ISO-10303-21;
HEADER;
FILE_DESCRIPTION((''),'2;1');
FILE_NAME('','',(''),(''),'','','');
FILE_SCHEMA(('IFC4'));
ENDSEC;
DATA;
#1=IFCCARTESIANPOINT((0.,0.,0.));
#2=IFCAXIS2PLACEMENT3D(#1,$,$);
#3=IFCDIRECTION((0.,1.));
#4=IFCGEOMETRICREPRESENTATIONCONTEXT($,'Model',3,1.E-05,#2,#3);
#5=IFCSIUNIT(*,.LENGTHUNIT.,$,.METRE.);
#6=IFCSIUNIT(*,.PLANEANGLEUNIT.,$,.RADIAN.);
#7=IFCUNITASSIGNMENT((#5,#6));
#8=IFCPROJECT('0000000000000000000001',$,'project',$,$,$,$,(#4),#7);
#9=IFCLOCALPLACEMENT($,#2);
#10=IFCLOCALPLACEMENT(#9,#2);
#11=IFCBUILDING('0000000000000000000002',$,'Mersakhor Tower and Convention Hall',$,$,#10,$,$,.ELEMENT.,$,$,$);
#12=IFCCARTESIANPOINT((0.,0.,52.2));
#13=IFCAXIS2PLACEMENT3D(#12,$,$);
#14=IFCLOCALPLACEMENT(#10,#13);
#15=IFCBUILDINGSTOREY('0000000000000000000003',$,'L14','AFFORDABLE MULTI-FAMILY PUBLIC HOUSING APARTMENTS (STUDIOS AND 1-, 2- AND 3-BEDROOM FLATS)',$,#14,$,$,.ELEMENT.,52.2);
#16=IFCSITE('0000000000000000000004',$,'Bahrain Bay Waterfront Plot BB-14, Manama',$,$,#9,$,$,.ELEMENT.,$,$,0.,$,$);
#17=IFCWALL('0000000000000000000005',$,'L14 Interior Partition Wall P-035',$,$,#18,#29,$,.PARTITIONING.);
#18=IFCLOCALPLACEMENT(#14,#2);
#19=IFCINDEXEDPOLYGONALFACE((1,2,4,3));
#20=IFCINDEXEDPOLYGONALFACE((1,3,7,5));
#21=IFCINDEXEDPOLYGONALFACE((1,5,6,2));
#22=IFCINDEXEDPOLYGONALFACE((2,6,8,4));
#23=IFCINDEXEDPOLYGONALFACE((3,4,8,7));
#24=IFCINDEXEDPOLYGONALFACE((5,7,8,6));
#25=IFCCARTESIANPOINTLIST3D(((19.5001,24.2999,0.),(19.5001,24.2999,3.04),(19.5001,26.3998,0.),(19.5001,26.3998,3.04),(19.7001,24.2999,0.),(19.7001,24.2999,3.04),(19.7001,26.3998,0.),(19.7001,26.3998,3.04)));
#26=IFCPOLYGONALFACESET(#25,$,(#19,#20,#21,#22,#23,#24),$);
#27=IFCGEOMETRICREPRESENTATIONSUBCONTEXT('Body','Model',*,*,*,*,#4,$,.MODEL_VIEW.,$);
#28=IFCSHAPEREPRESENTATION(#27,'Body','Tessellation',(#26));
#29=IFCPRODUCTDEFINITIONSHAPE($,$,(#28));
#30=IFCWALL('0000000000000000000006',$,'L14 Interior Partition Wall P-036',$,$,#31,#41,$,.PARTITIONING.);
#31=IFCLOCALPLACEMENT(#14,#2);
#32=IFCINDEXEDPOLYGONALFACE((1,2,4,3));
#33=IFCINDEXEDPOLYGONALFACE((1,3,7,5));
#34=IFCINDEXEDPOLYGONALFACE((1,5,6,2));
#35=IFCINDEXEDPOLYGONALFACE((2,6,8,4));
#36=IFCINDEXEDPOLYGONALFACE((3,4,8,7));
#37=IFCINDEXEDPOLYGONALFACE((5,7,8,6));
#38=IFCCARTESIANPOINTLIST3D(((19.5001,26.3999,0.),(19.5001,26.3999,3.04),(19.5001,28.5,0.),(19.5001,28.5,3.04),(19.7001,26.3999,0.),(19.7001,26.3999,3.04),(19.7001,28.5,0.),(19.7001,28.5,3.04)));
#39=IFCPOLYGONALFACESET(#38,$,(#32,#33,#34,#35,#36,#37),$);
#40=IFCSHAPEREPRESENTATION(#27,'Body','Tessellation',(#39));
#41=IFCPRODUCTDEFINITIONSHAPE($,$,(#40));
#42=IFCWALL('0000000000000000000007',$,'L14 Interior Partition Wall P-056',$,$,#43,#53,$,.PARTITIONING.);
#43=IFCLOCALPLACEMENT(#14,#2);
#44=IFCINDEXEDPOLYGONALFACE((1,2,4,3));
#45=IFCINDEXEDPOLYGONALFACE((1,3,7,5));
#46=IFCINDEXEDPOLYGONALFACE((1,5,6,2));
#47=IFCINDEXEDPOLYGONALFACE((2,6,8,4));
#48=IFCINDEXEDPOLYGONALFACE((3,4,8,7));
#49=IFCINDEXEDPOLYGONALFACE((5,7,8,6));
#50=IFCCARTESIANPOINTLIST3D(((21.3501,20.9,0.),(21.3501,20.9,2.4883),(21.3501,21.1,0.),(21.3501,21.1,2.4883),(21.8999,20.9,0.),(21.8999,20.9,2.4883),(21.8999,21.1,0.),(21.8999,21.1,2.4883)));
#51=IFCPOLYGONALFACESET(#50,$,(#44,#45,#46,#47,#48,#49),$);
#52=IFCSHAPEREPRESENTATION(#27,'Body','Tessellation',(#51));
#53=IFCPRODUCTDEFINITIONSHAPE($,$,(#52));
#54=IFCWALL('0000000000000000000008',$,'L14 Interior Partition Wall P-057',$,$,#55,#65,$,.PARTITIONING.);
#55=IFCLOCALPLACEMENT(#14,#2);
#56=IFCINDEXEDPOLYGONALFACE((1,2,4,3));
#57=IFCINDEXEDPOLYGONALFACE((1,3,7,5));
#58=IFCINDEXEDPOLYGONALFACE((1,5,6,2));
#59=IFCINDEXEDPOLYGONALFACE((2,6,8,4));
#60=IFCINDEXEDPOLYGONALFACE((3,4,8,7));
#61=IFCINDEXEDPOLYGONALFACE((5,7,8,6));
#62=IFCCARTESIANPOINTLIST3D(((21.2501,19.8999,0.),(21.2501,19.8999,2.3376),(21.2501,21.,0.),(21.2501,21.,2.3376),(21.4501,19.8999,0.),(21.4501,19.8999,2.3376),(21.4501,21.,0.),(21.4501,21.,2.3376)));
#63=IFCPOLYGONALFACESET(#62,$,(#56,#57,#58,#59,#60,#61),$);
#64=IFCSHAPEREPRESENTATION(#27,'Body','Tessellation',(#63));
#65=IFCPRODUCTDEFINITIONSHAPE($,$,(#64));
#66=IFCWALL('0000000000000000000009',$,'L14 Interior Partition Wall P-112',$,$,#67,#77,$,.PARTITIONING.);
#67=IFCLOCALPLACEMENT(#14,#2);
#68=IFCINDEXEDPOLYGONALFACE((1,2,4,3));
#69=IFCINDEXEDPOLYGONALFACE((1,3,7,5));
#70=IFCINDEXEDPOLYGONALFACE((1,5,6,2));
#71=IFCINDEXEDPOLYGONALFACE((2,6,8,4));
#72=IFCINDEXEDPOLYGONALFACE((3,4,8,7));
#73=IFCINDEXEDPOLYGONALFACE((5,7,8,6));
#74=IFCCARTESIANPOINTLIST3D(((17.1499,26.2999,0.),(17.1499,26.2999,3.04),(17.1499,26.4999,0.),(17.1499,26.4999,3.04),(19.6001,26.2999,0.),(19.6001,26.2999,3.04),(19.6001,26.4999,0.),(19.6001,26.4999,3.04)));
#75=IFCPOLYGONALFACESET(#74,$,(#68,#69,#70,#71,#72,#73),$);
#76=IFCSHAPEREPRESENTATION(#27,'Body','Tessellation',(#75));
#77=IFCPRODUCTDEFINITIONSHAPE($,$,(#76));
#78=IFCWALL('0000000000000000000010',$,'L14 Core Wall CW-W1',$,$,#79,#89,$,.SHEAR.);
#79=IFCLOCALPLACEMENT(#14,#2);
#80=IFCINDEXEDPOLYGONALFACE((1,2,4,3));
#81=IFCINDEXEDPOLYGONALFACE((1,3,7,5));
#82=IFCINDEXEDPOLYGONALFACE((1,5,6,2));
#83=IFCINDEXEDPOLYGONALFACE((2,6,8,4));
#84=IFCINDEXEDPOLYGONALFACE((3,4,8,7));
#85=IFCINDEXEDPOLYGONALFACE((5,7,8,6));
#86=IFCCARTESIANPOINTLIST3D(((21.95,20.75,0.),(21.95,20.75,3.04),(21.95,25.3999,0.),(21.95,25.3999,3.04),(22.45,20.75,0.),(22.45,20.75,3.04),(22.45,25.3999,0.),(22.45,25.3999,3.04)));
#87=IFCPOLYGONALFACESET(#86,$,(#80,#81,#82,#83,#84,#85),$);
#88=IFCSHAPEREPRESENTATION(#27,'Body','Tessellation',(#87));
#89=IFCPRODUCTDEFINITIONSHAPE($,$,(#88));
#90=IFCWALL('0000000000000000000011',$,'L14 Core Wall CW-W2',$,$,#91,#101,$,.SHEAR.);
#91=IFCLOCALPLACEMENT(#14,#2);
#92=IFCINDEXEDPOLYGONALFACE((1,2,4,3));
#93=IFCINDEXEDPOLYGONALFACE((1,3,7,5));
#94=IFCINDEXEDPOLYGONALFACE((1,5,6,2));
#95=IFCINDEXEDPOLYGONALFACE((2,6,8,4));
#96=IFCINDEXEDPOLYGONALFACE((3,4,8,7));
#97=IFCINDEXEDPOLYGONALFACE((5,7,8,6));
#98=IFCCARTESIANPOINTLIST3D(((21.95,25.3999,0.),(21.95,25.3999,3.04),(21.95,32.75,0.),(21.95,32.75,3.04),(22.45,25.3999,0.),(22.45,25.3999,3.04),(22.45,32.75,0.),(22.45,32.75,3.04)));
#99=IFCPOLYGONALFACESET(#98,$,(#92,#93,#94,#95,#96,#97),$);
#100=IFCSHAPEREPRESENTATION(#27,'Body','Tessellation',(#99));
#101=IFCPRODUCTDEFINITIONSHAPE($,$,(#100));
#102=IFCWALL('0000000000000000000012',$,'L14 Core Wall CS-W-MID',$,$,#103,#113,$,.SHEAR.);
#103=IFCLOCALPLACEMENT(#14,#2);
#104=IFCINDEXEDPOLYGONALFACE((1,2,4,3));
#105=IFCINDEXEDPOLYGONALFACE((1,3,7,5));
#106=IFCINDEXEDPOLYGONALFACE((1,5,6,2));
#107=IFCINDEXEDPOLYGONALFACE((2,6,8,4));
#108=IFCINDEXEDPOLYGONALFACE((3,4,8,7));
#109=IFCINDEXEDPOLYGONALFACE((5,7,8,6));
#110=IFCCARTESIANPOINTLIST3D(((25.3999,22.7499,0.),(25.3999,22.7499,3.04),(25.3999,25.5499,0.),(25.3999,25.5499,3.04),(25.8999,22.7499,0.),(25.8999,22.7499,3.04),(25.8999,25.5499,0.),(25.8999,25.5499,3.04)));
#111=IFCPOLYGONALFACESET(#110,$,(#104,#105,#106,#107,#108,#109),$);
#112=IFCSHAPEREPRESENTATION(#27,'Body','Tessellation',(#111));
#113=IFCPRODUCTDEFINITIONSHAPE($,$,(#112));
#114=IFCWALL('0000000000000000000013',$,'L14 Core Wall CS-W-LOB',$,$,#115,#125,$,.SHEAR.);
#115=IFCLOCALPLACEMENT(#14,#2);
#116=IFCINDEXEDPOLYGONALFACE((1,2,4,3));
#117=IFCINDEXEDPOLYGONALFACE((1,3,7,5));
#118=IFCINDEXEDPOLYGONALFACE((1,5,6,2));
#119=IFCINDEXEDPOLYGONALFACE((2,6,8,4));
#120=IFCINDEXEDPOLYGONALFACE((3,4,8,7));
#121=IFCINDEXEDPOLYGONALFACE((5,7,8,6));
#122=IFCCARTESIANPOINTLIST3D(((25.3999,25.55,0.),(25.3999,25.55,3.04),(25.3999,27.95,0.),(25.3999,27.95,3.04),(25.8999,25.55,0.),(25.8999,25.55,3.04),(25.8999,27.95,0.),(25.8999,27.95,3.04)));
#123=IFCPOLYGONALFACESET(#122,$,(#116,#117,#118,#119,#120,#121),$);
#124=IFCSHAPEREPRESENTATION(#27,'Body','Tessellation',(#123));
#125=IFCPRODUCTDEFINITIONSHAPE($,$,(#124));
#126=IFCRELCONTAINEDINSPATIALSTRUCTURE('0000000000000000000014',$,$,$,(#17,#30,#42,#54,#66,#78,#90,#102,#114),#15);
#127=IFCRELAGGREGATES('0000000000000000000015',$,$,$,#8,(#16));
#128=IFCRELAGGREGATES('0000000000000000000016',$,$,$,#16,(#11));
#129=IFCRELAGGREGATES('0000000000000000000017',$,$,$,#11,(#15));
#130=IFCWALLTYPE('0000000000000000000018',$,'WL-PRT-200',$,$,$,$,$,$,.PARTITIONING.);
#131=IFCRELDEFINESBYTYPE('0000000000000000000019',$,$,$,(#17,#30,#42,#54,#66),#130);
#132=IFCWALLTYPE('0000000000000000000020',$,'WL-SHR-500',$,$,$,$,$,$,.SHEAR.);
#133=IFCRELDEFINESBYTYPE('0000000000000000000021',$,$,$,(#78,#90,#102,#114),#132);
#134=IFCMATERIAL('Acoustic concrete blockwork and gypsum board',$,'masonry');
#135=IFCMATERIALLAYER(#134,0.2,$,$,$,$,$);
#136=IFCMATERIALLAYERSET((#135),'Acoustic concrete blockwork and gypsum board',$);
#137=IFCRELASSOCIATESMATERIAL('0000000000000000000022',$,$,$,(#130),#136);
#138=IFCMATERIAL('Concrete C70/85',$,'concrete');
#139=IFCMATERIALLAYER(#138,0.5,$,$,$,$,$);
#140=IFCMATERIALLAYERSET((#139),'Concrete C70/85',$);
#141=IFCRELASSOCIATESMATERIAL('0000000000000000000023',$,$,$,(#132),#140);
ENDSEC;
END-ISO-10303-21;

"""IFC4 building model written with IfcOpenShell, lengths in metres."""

from ifc_helpers import new_model, si_unit, direction, frame, frame_2d, origin, place, context, subcontext, project, spatial, rectangle, extrude, material, layer, layer_set, type_object, element, save


model = new_model("IFC4")

# Units and contexts
model_context = context("Model", 3, precision=1e-05, world=origin(), true_north=direction((0.0, 1.0)))
body_context = subcontext(model_context, "Body", "Model", "MODEL_VIEW")
ifc_project = project(units=[si_unit("LENGTHUNIT", "METRE"), si_unit("PLANEANGLEUNIT", "RADIAN")], contexts=[model_context])

# Site, building, storey
site_placement = place(None, origin())
site = spatial("IfcSite", under=ifc_project, at=site_placement, Name="Bahrain Bay Waterfront Plot BB-14, Manama", CompositionType="ELEMENT", RefElevation=0.0)
building_placement = place(site_placement, origin())
building = spatial("IfcBuilding", under=site, at=building_placement, Name="Mersakhor Tower and Convention Hall", CompositionType="ELEMENT")
storey_placement = place(building_placement, frame((0.0, 0.0, 52.2)))
storey = spatial("IfcBuildingStorey", under=building, at=storey_placement, Name="L14", Description="AFFORDABLE MULTI-FAMILY PUBLIC HOUSING APARTMENTS (STUDIOS AND 1-, 2- AND 3-BEDROOM FLATS)", CompositionType="ELEMENT", Elevation=52.2)

# Shared definitions
ifc_material_1 = material(Name="Acoustic concrete blockwork and gypsum board", Category="masonry")
ifc_layer_1 = layer(ifc_material_1, 0.2)
ifc_layer_set_1 = layer_set([ifc_layer_1], Name="Acoustic concrete blockwork and gypsum board")
wall_type_1 = type_object("IfcWallType", Name="WL-PRT-200", PredefinedType="PARTITIONING", material=ifc_layer_set_1)

# Walls
wall_1_placement = place(storey_placement, frame((19.6001, 24.3, 0.0), z_axis=(0.0, 0.0, 1.0), x_axis=(0.0, 1.0, 0.0)))
element("IfcWall", 1, at=wall_1_placement, inside=storey, type_object=wall_type_1, Name="L14 Interior Partition Wall P-035", PredefinedType="PARTITIONING", context=body_context, shape_type="SweptSolid", body=[
    extrude(rectangle(XDim=2.0999, YDim=0.2, at=frame_2d((1.0498, 0.0))), origin(), (0.0, 0.0, 1.0), 3.04),
])
wall_2_placement = place(storey_placement, frame((19.6001, 26.3999, 0.0), z_axis=(0.0, 0.0, 1.0), x_axis=(0.0, 1.0, 0.0)))
element("IfcWall", 2, at=wall_2_placement, inside=storey, type_object=wall_type_1, Name="L14 Interior Partition Wall P-036", PredefinedType="PARTITIONING", context=body_context, shape_type="SweptSolid", body=[
    extrude(rectangle(XDim=2.1001, YDim=0.2, at=frame_2d((1.05, 0.0))), origin(), (0.0, 0.0, 1.0), 3.04),
])
wall_3_placement = place(storey_placement, frame((21.8999, 21.0, 0.0), z_axis=(0.0, 0.0, 1.0), x_axis=(-1.0, 0.0, 0.0)))
element("IfcWall", 3, at=wall_3_placement, inside=storey, type_object=wall_type_1, Name="L14 Interior Partition Wall P-056", PredefinedType="PARTITIONING", context=body_context, shape_type="SweptSolid", body=[
    extrude(rectangle(XDim=0.5498, YDim=0.2, at=frame_2d((0.2749, 0.0))), origin(), (0.0, 0.0, 1.0), 2.4883),
])
wall_4_placement = place(storey_placement, frame((21.3501, 21.0, 0.0), z_axis=(0.0, 0.0, 1.0), x_axis=(0.0, -1.0, 0.0)))
element("IfcWall", 4, at=wall_4_placement, inside=storey, type_object=wall_type_1, Name="L14 Interior Partition Wall P-057", PredefinedType="PARTITIONING", context=body_context, shape_type="SweptSolid", body=[
    extrude(rectangle(XDim=1.1001, YDim=0.2, at=frame_2d((0.55, 0.0))), origin(), (0.0, 0.0, 1.0), 2.3376),
])
wall_5_placement = place(storey_placement, frame((19.6001, 26.3999, 0.0), z_axis=(0.0, 0.0, 1.0), x_axis=(-1.0, 0.0, 0.0)))
element("IfcWall", 5, at=wall_5_placement, inside=storey, type_object=wall_type_1, Name="L14 Interior Partition Wall P-112", PredefinedType="PARTITIONING", context=body_context, shape_type="SweptSolid", body=[
    extrude(rectangle(XDim=2.4502, YDim=0.2, at=frame_2d((1.2251, 0.0))), origin(), (0.0, 0.0, 1.0), 3.04),
])

# Walls
ifc_material_2 = material(Name="Concrete C70/85", Category="concrete")
ifc_layer_2 = layer(ifc_material_2, 0.5)
ifc_layer_set_2 = layer_set([ifc_layer_2], Name="Concrete C70/85")
wall_type_2 = type_object("IfcWallType", Name="WL-SHR-500", PredefinedType="SHEAR", material=ifc_layer_set_2)
wall_6_placement = place(storey_placement, frame((22.2, 20.75, 0.0), z_axis=(0.0, 0.0, 1.0), x_axis=(0.0, 1.0, 0.0)))
element("IfcWall", 6, at=wall_6_placement, inside=storey, type_object=wall_type_2, Name="L14 Core Wall CW-W1", PredefinedType="SHEAR", context=body_context, shape_type="SweptSolid", body=[
    extrude(rectangle(XDim=4.6499, YDim=0.5, at=frame_2d((2.325, 0.0))), origin(), (0.0, 0.0, 1.0), 3.04),
])
wall_7_placement = place(storey_placement, frame((22.2, 25.3999, 0.0), z_axis=(0.0, 0.0, 1.0), x_axis=(0.0, 1.0, 0.0)))
element("IfcWall", 7, at=wall_7_placement, inside=storey, type_object=wall_type_2, Name="L14 Core Wall CW-W2", PredefinedType="SHEAR", context=body_context, shape_type="SweptSolid", body=[
    extrude(rectangle(XDim=7.3501, YDim=0.5, at=frame_2d((3.675, 0.0))), origin(), (0.0, 0.0, 1.0), 3.04),
])

# Walls
wall_8_placement = place(storey_placement, frame((25.6499, 22.75, 0.0), z_axis=(0.0, 0.0, 1.0), x_axis=(0.0, 1.0, 0.0)))
element("IfcWall", 8, at=wall_8_placement, inside=storey, type_object=wall_type_2, Name="L14 Core Wall CS-W-MID", PredefinedType="SHEAR", context=body_context, shape_type="SweptSolid", body=[
    extrude(rectangle(XDim=2.8, YDim=0.5, at=frame_2d((1.3999, 0.0))), origin(), (0.0, 0.0, 1.0), 3.04),
])
wall_9_placement = place(storey_placement, frame((25.6499, 25.55, 0.0), z_axis=(0.0, 0.0, 1.0), x_axis=(0.0, 1.0, 0.0)))
element("IfcWall", 9, at=wall_9_placement, inside=storey, type_object=wall_type_2, Name="L14 Core Wall CS-W-LOB", PredefinedType="SHEAR", context=body_context, shape_type="SweptSolid", body=[
    extrude(rectangle(XDim=2.3999, YDim=0.5, at=frame_2d((1.2, 0.0))), origin(), (0.0, 0.0, 1.0), 3.04),
])

save(model, "model.ifc")
